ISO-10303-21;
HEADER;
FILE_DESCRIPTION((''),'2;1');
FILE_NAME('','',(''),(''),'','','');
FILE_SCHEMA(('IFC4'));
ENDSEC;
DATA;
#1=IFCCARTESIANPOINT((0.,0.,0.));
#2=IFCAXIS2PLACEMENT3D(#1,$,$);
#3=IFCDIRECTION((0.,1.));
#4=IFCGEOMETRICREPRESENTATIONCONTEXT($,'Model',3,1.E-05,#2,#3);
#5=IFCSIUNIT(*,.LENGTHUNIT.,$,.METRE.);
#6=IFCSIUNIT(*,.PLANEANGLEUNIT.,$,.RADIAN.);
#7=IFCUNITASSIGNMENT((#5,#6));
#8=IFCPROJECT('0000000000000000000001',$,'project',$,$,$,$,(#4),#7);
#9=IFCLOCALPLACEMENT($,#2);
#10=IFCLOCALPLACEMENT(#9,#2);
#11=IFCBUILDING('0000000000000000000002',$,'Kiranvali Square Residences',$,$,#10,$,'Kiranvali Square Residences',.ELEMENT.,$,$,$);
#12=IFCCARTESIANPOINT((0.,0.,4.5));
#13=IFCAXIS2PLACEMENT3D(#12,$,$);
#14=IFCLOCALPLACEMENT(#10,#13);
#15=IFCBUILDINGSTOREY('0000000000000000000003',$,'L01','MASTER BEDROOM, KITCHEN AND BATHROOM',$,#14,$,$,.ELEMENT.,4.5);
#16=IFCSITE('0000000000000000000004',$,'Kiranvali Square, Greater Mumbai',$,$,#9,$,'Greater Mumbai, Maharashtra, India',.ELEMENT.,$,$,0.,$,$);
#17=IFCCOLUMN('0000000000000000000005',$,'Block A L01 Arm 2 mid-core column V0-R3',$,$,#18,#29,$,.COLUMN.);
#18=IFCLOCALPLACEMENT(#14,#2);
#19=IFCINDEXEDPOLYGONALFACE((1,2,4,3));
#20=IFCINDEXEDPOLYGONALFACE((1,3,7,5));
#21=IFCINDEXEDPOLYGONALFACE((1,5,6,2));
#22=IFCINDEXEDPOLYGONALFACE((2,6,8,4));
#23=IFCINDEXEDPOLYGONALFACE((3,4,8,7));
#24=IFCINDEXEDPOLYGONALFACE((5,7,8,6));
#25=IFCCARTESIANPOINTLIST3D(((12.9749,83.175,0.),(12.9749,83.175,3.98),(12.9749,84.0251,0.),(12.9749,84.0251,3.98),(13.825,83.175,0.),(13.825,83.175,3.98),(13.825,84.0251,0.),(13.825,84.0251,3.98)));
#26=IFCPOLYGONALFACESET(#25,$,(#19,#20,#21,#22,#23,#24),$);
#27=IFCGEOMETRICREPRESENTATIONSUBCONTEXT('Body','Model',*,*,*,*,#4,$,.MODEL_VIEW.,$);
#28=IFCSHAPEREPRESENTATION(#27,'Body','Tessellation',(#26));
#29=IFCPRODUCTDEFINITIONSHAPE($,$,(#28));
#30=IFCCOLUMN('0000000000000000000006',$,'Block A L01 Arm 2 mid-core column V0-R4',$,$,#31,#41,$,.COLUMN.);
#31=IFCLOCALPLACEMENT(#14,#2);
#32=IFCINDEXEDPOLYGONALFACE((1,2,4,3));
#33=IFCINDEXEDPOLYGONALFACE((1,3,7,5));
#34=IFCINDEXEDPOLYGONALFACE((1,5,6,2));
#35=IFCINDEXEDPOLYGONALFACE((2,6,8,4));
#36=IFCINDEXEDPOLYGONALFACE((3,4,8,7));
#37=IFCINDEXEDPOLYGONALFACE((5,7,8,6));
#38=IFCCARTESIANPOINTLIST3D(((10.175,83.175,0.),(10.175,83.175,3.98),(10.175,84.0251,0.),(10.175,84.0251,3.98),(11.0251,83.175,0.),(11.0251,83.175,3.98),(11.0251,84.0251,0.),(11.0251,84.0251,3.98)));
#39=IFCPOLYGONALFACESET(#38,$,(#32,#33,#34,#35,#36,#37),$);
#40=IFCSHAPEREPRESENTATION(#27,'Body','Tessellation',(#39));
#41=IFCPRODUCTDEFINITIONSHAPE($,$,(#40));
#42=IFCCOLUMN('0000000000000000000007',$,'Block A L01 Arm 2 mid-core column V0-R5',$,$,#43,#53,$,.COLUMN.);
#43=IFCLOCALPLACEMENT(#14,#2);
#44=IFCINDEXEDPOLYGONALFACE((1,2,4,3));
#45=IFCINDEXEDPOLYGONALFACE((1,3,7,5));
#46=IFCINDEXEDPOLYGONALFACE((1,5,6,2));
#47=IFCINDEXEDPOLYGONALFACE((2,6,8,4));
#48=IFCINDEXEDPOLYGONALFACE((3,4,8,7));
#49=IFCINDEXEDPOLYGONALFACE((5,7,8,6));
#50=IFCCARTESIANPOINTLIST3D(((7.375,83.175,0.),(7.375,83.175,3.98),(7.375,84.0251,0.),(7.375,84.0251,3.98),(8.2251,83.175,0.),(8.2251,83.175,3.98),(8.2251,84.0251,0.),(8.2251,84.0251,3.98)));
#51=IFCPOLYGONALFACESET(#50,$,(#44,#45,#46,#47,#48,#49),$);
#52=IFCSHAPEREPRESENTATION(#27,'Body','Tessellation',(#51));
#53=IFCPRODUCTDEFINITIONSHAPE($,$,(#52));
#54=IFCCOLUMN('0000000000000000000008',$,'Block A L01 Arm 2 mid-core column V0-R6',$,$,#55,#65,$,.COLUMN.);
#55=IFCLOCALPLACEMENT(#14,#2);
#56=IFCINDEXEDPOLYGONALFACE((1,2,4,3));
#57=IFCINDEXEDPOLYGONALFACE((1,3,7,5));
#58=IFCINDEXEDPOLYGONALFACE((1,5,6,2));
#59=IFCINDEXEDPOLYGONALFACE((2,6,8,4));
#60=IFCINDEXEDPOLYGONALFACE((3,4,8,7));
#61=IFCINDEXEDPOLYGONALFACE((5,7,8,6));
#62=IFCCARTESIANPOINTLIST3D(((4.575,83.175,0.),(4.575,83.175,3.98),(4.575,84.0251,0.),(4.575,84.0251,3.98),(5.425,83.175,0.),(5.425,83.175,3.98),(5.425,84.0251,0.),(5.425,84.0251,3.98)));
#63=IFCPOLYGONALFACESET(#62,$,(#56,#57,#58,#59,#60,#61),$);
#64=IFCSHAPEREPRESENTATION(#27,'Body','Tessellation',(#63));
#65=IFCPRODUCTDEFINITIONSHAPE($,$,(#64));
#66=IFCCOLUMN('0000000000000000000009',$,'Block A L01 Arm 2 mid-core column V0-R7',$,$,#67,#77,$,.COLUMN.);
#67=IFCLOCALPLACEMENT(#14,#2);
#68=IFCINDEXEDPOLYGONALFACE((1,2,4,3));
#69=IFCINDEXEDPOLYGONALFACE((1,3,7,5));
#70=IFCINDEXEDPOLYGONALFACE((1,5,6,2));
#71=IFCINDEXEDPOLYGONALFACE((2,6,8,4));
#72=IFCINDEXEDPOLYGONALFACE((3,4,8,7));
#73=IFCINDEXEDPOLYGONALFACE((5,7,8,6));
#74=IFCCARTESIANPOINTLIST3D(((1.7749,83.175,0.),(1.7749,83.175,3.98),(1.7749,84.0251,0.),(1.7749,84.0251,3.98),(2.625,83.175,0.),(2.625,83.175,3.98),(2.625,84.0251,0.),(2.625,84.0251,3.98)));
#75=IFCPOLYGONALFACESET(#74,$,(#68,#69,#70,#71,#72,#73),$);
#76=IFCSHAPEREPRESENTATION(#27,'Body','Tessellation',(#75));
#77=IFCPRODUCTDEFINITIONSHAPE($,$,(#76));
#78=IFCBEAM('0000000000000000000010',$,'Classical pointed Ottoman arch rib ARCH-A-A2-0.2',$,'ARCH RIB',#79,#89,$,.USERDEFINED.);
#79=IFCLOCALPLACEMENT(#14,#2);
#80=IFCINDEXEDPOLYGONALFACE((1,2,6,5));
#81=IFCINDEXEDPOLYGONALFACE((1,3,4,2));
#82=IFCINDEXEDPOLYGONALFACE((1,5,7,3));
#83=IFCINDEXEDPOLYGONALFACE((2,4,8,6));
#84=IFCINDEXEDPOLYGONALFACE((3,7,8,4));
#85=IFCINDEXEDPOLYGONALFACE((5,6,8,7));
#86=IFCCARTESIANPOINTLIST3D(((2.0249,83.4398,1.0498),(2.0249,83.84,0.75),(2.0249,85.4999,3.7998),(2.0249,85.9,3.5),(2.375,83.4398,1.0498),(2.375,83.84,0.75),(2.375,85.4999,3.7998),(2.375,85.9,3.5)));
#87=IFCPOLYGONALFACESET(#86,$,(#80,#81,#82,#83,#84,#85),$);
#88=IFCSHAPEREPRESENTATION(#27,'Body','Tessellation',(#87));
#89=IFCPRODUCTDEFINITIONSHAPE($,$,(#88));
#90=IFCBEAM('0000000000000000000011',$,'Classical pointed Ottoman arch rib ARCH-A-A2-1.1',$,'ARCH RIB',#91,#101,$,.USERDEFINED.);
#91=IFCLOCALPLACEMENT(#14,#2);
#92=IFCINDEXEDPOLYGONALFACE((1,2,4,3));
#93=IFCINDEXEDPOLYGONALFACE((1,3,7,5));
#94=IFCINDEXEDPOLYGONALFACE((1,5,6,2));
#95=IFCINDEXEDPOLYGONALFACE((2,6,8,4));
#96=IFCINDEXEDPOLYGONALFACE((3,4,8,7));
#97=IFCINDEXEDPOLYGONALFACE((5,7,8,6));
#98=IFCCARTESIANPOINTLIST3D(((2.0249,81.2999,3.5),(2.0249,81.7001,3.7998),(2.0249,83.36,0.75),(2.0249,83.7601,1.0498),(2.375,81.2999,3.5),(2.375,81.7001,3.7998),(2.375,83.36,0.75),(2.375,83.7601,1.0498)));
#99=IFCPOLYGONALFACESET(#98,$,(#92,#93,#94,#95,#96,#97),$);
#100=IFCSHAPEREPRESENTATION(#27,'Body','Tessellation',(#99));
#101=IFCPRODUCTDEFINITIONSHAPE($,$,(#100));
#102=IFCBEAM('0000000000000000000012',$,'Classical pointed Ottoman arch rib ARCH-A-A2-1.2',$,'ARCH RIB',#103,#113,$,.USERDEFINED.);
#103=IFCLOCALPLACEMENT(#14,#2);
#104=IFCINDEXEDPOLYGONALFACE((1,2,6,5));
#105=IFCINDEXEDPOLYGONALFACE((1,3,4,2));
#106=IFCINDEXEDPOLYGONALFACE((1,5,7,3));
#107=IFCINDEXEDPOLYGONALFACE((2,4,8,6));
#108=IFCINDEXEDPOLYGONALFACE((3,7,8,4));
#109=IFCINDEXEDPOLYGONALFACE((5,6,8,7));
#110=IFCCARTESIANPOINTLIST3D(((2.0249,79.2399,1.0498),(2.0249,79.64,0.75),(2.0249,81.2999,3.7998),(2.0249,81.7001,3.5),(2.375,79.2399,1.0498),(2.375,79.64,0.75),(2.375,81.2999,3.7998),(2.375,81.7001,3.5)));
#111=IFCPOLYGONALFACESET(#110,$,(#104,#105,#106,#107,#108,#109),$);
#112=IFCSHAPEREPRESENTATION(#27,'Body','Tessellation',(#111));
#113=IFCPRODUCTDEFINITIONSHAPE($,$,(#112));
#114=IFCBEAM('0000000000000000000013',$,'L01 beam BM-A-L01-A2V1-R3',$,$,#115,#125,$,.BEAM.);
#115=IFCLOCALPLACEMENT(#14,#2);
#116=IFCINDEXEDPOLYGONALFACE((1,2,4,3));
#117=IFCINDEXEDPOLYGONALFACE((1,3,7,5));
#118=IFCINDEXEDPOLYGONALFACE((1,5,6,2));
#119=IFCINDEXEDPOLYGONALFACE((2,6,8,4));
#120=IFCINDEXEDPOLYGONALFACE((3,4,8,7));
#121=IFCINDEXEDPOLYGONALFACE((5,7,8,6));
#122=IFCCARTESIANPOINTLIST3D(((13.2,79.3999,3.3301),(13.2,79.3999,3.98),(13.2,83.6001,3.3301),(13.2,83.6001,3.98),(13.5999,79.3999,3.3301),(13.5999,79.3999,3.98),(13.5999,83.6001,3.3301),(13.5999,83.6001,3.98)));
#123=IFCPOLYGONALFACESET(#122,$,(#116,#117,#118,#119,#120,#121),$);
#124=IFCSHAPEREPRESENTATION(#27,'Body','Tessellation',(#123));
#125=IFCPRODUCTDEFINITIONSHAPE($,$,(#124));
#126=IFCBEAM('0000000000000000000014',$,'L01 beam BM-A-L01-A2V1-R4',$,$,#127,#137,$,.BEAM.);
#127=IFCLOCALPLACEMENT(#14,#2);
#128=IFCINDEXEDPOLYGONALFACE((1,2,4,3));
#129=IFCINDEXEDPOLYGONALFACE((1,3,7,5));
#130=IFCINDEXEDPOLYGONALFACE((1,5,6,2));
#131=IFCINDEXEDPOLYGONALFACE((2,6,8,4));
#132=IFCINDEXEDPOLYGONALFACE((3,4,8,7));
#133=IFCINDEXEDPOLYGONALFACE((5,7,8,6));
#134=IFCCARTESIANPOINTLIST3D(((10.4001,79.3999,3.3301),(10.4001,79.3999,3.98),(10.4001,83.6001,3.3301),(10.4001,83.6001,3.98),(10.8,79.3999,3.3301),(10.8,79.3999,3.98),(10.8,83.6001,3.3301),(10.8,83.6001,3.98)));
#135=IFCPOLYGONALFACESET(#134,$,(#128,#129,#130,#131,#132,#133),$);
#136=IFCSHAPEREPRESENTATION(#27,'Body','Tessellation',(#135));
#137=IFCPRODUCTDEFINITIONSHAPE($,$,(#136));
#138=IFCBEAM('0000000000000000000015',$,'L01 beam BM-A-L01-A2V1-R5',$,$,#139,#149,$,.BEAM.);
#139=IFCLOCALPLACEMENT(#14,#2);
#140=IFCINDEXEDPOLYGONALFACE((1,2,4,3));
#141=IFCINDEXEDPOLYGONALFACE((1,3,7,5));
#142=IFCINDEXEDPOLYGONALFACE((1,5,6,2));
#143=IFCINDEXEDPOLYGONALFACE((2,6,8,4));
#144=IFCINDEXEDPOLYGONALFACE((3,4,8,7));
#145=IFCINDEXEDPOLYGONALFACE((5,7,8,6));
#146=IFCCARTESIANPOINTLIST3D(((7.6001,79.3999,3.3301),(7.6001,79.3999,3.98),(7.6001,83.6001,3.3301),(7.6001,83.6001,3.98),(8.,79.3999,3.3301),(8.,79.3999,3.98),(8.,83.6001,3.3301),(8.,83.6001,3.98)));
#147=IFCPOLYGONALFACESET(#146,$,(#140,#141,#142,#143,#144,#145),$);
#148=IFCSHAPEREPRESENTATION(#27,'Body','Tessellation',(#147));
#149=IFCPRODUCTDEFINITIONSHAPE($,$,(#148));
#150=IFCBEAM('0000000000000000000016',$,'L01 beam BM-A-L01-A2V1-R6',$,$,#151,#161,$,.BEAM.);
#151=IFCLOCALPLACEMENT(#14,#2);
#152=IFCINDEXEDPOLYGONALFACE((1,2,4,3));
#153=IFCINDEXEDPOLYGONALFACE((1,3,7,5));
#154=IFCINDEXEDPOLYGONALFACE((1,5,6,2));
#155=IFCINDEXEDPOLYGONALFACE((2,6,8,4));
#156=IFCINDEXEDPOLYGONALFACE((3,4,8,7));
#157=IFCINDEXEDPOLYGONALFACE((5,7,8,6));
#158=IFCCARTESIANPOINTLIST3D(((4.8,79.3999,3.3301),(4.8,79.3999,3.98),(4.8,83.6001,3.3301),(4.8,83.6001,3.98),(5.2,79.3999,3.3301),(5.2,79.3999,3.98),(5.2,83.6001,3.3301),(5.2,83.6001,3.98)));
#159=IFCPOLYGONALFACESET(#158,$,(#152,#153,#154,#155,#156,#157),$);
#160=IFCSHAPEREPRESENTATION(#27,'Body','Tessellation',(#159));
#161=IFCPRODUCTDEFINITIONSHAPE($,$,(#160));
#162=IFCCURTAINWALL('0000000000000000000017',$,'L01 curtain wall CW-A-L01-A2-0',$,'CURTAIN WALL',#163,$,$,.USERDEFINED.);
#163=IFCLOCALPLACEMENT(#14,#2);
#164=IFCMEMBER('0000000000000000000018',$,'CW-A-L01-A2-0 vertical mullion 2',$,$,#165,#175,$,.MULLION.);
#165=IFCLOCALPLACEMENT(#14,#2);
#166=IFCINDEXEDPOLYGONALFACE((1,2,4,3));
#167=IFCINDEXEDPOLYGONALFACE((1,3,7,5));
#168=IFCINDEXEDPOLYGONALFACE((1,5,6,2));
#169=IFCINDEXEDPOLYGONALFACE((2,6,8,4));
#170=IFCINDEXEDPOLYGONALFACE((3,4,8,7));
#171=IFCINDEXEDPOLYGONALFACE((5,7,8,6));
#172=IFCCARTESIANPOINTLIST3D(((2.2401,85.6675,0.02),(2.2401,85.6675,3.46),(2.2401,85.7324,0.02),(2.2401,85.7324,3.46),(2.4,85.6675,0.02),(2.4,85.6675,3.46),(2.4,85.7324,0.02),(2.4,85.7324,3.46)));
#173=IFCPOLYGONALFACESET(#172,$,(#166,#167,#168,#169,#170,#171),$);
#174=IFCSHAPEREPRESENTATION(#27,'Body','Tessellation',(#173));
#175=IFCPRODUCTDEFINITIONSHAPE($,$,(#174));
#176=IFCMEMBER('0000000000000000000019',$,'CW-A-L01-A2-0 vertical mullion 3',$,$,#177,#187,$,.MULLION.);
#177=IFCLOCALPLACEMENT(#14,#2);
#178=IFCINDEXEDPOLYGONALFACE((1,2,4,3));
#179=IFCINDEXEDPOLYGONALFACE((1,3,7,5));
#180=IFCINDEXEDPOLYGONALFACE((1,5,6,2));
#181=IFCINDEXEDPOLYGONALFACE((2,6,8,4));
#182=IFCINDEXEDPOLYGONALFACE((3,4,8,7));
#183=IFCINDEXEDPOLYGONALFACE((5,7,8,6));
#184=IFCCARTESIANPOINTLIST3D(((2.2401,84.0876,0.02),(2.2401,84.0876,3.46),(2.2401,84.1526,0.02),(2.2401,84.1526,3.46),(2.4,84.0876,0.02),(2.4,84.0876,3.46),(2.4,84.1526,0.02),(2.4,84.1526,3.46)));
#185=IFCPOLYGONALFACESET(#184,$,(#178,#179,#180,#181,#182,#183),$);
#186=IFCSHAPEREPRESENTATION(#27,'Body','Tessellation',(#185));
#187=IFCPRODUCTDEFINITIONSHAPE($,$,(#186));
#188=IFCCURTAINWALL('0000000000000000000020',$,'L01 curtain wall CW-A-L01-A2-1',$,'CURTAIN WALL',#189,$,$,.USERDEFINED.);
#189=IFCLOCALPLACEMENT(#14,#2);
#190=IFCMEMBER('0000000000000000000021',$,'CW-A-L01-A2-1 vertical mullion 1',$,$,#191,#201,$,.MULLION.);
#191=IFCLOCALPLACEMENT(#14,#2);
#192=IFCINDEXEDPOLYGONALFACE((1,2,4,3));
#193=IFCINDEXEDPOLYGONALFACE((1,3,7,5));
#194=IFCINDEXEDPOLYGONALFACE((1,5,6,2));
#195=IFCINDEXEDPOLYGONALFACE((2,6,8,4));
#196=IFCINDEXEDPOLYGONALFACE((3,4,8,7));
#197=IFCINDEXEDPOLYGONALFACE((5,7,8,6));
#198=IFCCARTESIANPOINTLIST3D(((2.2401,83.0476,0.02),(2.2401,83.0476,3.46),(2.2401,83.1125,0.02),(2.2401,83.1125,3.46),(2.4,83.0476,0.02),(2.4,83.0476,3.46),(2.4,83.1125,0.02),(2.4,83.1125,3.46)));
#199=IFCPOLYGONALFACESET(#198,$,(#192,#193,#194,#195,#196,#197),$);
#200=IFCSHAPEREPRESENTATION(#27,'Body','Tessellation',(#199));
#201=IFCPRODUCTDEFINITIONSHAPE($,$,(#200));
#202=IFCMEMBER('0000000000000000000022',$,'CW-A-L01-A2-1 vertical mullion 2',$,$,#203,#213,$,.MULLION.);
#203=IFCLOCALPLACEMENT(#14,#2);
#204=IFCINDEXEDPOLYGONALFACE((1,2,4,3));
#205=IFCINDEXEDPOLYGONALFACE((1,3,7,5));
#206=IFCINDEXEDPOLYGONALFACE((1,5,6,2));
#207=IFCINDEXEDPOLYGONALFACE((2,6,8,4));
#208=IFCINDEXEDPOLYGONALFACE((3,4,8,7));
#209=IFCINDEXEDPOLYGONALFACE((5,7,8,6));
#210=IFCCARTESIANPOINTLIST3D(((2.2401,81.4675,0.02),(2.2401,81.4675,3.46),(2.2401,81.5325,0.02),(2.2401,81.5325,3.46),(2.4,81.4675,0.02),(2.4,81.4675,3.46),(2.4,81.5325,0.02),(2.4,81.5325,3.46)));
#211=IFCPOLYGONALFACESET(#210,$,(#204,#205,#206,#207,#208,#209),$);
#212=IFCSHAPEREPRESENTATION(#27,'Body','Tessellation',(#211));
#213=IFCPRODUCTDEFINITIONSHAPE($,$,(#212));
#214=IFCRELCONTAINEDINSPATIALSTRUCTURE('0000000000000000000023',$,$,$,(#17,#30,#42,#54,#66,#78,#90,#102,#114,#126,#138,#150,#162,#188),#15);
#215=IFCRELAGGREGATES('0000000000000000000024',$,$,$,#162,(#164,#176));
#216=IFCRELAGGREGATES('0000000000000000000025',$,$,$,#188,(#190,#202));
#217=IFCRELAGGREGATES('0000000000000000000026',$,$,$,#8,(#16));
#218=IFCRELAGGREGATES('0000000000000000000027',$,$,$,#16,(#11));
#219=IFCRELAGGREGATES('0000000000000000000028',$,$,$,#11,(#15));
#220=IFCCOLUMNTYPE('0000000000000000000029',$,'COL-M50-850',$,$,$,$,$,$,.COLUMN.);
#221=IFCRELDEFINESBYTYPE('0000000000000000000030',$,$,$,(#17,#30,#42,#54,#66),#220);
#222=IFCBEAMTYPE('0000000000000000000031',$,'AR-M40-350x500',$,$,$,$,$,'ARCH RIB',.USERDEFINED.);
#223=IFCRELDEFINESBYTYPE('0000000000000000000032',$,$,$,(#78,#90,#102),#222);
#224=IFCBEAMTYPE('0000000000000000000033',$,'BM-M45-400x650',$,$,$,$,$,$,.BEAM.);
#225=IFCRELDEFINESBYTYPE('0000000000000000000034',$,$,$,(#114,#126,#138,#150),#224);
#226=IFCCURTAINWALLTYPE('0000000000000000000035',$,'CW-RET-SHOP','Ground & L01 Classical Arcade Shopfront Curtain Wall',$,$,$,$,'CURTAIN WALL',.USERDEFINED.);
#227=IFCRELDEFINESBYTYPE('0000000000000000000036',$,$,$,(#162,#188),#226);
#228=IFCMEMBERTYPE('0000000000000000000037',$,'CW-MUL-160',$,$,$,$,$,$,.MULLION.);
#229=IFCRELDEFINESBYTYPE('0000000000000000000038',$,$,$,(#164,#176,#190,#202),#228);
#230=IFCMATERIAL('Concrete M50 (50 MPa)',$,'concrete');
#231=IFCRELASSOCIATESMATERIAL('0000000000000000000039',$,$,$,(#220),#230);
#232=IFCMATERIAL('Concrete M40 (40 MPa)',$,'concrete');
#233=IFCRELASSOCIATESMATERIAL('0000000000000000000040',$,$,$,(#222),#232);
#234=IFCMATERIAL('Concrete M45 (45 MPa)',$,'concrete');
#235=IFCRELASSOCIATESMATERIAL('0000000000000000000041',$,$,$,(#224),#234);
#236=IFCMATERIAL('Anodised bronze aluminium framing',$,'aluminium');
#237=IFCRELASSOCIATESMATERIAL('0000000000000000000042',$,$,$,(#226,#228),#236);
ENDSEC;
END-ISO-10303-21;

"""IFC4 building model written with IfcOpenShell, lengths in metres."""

from ifc_helpers import new_model, si_unit, direction, frame, origin, origin_2d, place, context, subcontext, project, spatial, rectangle, extrude, material, material_profile, profile_set, type_object, element, aggregate, save


model = new_model("IFC4")

# Units and contexts
model_context = context("Model", 3, precision=1e-05, world=origin(), true_north=direction((0.0, 1.0)))
body_context = subcontext(model_context, "Body", "Model", "MODEL_VIEW")
ifc_project = project(units=[si_unit("LENGTHUNIT", "METRE"), si_unit("PLANEANGLEUNIT", "RADIAN")], contexts=[model_context])

# Site, building, storey
site_placement = place(None, origin())
site = spatial("IfcSite", under=ifc_project, at=site_placement, Name="Kiranvali Square, Greater Mumbai", LongName="Greater Mumbai, Maharashtra, India", CompositionType="ELEMENT", RefElevation=0.0)
building_placement = place(site_placement, origin())
building = spatial("IfcBuilding", under=site, at=building_placement, Name="Kiranvali Square Residences", LongName="Kiranvali Square Residences", CompositionType="ELEMENT")
storey_placement = place(building_placement, frame((0.0, 0.0, 4.5)))
storey = spatial("IfcBuildingStorey", under=building, at=storey_placement, Name="L01", Description="MASTER BEDROOM, KITCHEN AND BATHROOM", CompositionType="ELEMENT", Elevation=4.5)

# Columns
ifc_material_1 = material(Name="Concrete M50 (50 MPa)", Category="concrete")
ifc_material_profile_1 = material_profile(ifc_material_1, rectangle(XDim=0.8501, YDim=0.8501, at=origin_2d()), Name="RC 850x850")
ifc_profile_set_1 = profile_set([ifc_material_profile_1], Name="Concrete M50 (50 MPa)")
column_type = type_object("IfcColumnType", Name="COL-M50-850", PredefinedType="COLUMN", material=ifc_profile_set_1)
for number, where, z_axis, x_axis, name in (
    (1, (13.3999, 83.6001, 0.0), (0.0, 0.0, 1.0), (1.0, 0.0, 0.0), "Block A L01 Arm 2 mid-core column V0-R3"),
    (2, (10.6001, 83.6001, 0.0), (0.0, 0.0, 1.0), (1.0, 0.0, 0.0), "Block A L01 Arm 2 mid-core column V0-R4"),
    (3, (7.8, 83.6001, 0.0), (0.0, 0.0, 1.0), (1.0, 0.0, 0.0), "Block A L01 Arm 2 mid-core column V0-R5"),
    (4, (5.0, 83.6001, 0.0), (0.0, 0.0, 1.0), (1.0, 0.0, 0.0), "Block A L01 Arm 2 mid-core column V0-R6"),
    (5, (2.2, 83.6001, 0.0), (0.0, 0.0, 1.0), (1.0, 0.0, 0.0), "Block A L01 Arm 2 mid-core column V0-R7"),
):
    element("IfcColumn", number, at=place(storey_placement, frame(where, z_axis=z_axis, x_axis=x_axis)), inside=storey, type_object=column_type, Name=name, PredefinedType="COLUMN", context=body_context, shape_type="SweptSolid", body=[
        extrude(rectangle(XDim=0.8501, YDim=0.8501, at=origin_2d()), origin(), (0.0, 0.0, 1.0), 3.98),
    ])

# Beams
ifc_material_2 = material(Name="Concrete M40 (40 MPa)", Category="concrete")
ifc_material_profile_2 = material_profile(ifc_material_2, rectangle(XDim=0.3501, YDim=0.5, at=origin_2d()), Name="RC 350x500")
ifc_profile_set_2 = profile_set([ifc_material_profile_2], Name="Concrete M40 (40 MPa)")
beam_type_1 = type_object("IfcBeamType", Name="AR-M40-350x500", ElementType="ARCH RIB", PredefinedType="USERDEFINED", material=ifc_profile_set_2)
for number, where, z_axis, x_axis, name in (
    (6, (2.2, 85.7, 3.6499), (0.0, -0.599545, -0.800341), (1.0, 0.0, 0.0), "Classical pointed Ottoman arch rib ARCH-A-A2-0.2"),
    (7, (2.2, 83.5601, 0.8999), (0.0, -0.599545, 0.800341), (1.0, 0.0, 0.0), "Classical pointed Ottoman arch rib ARCH-A-A2-1.1"),
    (8, (2.2, 81.5, 3.6499), (0.0, -0.599545, -0.800341), (1.0, 0.0, 0.0), "Classical pointed Ottoman arch rib ARCH-A-A2-1.2"),
):
    element("IfcBeam", number, at=place(storey_placement, frame(where, z_axis=z_axis, x_axis=x_axis)), inside=storey, type_object=beam_type_1, Name=name, ObjectType="ARCH RIB", PredefinedType="USERDEFINED", context=body_context, shape_type="SweptSolid", body=[
        extrude(rectangle(XDim=0.3501, YDim=0.5, at=origin_2d()), origin(), (0.0, 0.0, 1.0), 3.436),
    ])
ifc_material_3 = material(Name="Concrete M45 (45 MPa)", Category="concrete")
ifc_material_profile_3 = material_profile(ifc_material_3, rectangle(XDim=0.3999, YDim=0.6499, at=origin_2d()), Name="RC 400x650")
ifc_profile_set_3 = profile_set([ifc_material_profile_3], Name="Concrete M45 (45 MPa)")
beam_type_2 = type_object("IfcBeamType", Name="BM-M45-400x650", PredefinedType="BEAM", material=ifc_profile_set_3)
for number, where, z_axis, x_axis, name in (
    (9, (13.3999, 83.6001, 3.655), (0.0, -1.0, 0.0), (1.0, 0.0, 0.0), "L01 beam BM-A-L01-A2V1-R3"),
    (10, (10.6001, 83.6001, 3.655), (0.0, -1.0, 0.0), (1.0, 0.0, 0.0), "L01 beam BM-A-L01-A2V1-R4"),
    (11, (7.8, 83.6001, 3.655), (0.0, -1.0, 0.0), (1.0, 0.0, 0.0), "L01 beam BM-A-L01-A2V1-R5"),
    (12, (5.0, 83.6001, 3.655), (0.0, -1.0, 0.0), (1.0, 0.0, 0.0), "L01 beam BM-A-L01-A2V1-R6"),
):
    element("IfcBeam", number, at=place(storey_placement, frame(where, z_axis=z_axis, x_axis=x_axis)), inside=storey, type_object=beam_type_2, Name=name, PredefinedType="BEAM", context=body_context, shape_type="SweptSolid", body=[
        extrude(rectangle(XDim=0.3999, YDim=0.6499, at=origin_2d()), origin(), (0.0, 0.0, 1.0), 4.2002),
    ])

# Curtain walls, members
ifc_material_4 = material(Name="Anodised bronze aluminium framing", Category="aluminium")
curtain_wall_type = type_object("IfcCurtainWallType", Name="CW-RET-SHOP", Description="Ground & L01 Classical Arcade Shopfront Curtain Wall", ElementType="CURTAIN WALL", PredefinedType="USERDEFINED", material=ifc_material_4)
curtain_wall_1_placement = place(storey_placement, origin())
curtain_wall_1 = element("IfcCurtainWall", 13, at=curtain_wall_1_placement, inside=storey, type_object=curtain_wall_type, Name="L01 curtain wall CW-A-L01-A2-0", ObjectType="CURTAIN WALL", PredefinedType="USERDEFINED")
ifc_material_profile_4 = material_profile(ifc_material_4, rectangle(XDim=0.0649, YDim=0.1599, at=origin_2d()), Name="ALU 65x160")
ifc_profile_set_4 = profile_set([ifc_material_profile_4], Name="Anodised bronze aluminium framing")
member_type_1 = type_object("IfcMemberType", Name="CW-MUL-160", PredefinedType="MULLION", material=ifc_profile_set_4)
member_1_placement = place(storey_placement, frame((2.3201, 85.7, 0.02), z_axis=(0.0, 0.0, 1.0), x_axis=(0.0, -1.0, 0.0)))
member_1 = element("IfcMember", 14, at=member_1_placement, type_object=member_type_1, Name="CW-A-L01-A2-0 vertical mullion 2", PredefinedType="MULLION", context=body_context, shape_type="SweptSolid", body=[
    extrude(rectangle(XDim=0.0649, YDim=0.1599, at=origin_2d()), origin(), (0.0, 0.0, 1.0), 3.4399),
])
member_2_placement = place(storey_placement, frame((2.3201, 84.1201, 0.02), z_axis=(0.0, 0.0, 1.0), x_axis=(0.0, -1.0, 0.0)))
member_2 = element("IfcMember", 15, at=member_2_placement, type_object=member_type_1, Name="CW-A-L01-A2-0 vertical mullion 3", PredefinedType="MULLION", context=body_context, shape_type="SweptSolid", body=[
    extrude(rectangle(XDim=0.0649, YDim=0.1599, at=origin_2d()), origin(), (0.0, 0.0, 1.0), 3.4399),
])
curtain_wall_2_placement = place(storey_placement, origin())
curtain_wall_2 = element("IfcCurtainWall", 16, at=curtain_wall_2_placement, inside=storey, type_object=curtain_wall_type, Name="L01 curtain wall CW-A-L01-A2-1", ObjectType="CURTAIN WALL", PredefinedType="USERDEFINED")
member_3_placement = place(storey_placement, frame((2.3201, 83.0801, 0.02), z_axis=(0.0, 0.0, 1.0), x_axis=(0.0, -1.0, 0.0)))
member_3 = element("IfcMember", 17, at=member_3_placement, type_object=member_type_1, Name="CW-A-L01-A2-1 vertical mullion 1", PredefinedType="MULLION", context=body_context, shape_type="SweptSolid", body=[
    extrude(rectangle(XDim=0.0649, YDim=0.1599, at=origin_2d()), origin(), (0.0, 0.0, 1.0), 3.4399),
])
member_4_placement = place(storey_placement, frame((2.3201, 81.5, 0.02), z_axis=(0.0, 0.0, 1.0), x_axis=(0.0, -1.0, 0.0)))
member_4 = element("IfcMember", 18, at=member_4_placement, type_object=member_type_1, Name="CW-A-L01-A2-1 vertical mullion 2", PredefinedType="MULLION", context=body_context, shape_type="SweptSolid", body=[
    extrude(rectangle(XDim=0.0649, YDim=0.1599, at=origin_2d()), origin(), (0.0, 0.0, 1.0), 3.4399),
])

aggregate(curtain_wall_1, [member_1, member_2])
aggregate(curtain_wall_2, [member_3, member_4])

save(model, "model.ifc")
